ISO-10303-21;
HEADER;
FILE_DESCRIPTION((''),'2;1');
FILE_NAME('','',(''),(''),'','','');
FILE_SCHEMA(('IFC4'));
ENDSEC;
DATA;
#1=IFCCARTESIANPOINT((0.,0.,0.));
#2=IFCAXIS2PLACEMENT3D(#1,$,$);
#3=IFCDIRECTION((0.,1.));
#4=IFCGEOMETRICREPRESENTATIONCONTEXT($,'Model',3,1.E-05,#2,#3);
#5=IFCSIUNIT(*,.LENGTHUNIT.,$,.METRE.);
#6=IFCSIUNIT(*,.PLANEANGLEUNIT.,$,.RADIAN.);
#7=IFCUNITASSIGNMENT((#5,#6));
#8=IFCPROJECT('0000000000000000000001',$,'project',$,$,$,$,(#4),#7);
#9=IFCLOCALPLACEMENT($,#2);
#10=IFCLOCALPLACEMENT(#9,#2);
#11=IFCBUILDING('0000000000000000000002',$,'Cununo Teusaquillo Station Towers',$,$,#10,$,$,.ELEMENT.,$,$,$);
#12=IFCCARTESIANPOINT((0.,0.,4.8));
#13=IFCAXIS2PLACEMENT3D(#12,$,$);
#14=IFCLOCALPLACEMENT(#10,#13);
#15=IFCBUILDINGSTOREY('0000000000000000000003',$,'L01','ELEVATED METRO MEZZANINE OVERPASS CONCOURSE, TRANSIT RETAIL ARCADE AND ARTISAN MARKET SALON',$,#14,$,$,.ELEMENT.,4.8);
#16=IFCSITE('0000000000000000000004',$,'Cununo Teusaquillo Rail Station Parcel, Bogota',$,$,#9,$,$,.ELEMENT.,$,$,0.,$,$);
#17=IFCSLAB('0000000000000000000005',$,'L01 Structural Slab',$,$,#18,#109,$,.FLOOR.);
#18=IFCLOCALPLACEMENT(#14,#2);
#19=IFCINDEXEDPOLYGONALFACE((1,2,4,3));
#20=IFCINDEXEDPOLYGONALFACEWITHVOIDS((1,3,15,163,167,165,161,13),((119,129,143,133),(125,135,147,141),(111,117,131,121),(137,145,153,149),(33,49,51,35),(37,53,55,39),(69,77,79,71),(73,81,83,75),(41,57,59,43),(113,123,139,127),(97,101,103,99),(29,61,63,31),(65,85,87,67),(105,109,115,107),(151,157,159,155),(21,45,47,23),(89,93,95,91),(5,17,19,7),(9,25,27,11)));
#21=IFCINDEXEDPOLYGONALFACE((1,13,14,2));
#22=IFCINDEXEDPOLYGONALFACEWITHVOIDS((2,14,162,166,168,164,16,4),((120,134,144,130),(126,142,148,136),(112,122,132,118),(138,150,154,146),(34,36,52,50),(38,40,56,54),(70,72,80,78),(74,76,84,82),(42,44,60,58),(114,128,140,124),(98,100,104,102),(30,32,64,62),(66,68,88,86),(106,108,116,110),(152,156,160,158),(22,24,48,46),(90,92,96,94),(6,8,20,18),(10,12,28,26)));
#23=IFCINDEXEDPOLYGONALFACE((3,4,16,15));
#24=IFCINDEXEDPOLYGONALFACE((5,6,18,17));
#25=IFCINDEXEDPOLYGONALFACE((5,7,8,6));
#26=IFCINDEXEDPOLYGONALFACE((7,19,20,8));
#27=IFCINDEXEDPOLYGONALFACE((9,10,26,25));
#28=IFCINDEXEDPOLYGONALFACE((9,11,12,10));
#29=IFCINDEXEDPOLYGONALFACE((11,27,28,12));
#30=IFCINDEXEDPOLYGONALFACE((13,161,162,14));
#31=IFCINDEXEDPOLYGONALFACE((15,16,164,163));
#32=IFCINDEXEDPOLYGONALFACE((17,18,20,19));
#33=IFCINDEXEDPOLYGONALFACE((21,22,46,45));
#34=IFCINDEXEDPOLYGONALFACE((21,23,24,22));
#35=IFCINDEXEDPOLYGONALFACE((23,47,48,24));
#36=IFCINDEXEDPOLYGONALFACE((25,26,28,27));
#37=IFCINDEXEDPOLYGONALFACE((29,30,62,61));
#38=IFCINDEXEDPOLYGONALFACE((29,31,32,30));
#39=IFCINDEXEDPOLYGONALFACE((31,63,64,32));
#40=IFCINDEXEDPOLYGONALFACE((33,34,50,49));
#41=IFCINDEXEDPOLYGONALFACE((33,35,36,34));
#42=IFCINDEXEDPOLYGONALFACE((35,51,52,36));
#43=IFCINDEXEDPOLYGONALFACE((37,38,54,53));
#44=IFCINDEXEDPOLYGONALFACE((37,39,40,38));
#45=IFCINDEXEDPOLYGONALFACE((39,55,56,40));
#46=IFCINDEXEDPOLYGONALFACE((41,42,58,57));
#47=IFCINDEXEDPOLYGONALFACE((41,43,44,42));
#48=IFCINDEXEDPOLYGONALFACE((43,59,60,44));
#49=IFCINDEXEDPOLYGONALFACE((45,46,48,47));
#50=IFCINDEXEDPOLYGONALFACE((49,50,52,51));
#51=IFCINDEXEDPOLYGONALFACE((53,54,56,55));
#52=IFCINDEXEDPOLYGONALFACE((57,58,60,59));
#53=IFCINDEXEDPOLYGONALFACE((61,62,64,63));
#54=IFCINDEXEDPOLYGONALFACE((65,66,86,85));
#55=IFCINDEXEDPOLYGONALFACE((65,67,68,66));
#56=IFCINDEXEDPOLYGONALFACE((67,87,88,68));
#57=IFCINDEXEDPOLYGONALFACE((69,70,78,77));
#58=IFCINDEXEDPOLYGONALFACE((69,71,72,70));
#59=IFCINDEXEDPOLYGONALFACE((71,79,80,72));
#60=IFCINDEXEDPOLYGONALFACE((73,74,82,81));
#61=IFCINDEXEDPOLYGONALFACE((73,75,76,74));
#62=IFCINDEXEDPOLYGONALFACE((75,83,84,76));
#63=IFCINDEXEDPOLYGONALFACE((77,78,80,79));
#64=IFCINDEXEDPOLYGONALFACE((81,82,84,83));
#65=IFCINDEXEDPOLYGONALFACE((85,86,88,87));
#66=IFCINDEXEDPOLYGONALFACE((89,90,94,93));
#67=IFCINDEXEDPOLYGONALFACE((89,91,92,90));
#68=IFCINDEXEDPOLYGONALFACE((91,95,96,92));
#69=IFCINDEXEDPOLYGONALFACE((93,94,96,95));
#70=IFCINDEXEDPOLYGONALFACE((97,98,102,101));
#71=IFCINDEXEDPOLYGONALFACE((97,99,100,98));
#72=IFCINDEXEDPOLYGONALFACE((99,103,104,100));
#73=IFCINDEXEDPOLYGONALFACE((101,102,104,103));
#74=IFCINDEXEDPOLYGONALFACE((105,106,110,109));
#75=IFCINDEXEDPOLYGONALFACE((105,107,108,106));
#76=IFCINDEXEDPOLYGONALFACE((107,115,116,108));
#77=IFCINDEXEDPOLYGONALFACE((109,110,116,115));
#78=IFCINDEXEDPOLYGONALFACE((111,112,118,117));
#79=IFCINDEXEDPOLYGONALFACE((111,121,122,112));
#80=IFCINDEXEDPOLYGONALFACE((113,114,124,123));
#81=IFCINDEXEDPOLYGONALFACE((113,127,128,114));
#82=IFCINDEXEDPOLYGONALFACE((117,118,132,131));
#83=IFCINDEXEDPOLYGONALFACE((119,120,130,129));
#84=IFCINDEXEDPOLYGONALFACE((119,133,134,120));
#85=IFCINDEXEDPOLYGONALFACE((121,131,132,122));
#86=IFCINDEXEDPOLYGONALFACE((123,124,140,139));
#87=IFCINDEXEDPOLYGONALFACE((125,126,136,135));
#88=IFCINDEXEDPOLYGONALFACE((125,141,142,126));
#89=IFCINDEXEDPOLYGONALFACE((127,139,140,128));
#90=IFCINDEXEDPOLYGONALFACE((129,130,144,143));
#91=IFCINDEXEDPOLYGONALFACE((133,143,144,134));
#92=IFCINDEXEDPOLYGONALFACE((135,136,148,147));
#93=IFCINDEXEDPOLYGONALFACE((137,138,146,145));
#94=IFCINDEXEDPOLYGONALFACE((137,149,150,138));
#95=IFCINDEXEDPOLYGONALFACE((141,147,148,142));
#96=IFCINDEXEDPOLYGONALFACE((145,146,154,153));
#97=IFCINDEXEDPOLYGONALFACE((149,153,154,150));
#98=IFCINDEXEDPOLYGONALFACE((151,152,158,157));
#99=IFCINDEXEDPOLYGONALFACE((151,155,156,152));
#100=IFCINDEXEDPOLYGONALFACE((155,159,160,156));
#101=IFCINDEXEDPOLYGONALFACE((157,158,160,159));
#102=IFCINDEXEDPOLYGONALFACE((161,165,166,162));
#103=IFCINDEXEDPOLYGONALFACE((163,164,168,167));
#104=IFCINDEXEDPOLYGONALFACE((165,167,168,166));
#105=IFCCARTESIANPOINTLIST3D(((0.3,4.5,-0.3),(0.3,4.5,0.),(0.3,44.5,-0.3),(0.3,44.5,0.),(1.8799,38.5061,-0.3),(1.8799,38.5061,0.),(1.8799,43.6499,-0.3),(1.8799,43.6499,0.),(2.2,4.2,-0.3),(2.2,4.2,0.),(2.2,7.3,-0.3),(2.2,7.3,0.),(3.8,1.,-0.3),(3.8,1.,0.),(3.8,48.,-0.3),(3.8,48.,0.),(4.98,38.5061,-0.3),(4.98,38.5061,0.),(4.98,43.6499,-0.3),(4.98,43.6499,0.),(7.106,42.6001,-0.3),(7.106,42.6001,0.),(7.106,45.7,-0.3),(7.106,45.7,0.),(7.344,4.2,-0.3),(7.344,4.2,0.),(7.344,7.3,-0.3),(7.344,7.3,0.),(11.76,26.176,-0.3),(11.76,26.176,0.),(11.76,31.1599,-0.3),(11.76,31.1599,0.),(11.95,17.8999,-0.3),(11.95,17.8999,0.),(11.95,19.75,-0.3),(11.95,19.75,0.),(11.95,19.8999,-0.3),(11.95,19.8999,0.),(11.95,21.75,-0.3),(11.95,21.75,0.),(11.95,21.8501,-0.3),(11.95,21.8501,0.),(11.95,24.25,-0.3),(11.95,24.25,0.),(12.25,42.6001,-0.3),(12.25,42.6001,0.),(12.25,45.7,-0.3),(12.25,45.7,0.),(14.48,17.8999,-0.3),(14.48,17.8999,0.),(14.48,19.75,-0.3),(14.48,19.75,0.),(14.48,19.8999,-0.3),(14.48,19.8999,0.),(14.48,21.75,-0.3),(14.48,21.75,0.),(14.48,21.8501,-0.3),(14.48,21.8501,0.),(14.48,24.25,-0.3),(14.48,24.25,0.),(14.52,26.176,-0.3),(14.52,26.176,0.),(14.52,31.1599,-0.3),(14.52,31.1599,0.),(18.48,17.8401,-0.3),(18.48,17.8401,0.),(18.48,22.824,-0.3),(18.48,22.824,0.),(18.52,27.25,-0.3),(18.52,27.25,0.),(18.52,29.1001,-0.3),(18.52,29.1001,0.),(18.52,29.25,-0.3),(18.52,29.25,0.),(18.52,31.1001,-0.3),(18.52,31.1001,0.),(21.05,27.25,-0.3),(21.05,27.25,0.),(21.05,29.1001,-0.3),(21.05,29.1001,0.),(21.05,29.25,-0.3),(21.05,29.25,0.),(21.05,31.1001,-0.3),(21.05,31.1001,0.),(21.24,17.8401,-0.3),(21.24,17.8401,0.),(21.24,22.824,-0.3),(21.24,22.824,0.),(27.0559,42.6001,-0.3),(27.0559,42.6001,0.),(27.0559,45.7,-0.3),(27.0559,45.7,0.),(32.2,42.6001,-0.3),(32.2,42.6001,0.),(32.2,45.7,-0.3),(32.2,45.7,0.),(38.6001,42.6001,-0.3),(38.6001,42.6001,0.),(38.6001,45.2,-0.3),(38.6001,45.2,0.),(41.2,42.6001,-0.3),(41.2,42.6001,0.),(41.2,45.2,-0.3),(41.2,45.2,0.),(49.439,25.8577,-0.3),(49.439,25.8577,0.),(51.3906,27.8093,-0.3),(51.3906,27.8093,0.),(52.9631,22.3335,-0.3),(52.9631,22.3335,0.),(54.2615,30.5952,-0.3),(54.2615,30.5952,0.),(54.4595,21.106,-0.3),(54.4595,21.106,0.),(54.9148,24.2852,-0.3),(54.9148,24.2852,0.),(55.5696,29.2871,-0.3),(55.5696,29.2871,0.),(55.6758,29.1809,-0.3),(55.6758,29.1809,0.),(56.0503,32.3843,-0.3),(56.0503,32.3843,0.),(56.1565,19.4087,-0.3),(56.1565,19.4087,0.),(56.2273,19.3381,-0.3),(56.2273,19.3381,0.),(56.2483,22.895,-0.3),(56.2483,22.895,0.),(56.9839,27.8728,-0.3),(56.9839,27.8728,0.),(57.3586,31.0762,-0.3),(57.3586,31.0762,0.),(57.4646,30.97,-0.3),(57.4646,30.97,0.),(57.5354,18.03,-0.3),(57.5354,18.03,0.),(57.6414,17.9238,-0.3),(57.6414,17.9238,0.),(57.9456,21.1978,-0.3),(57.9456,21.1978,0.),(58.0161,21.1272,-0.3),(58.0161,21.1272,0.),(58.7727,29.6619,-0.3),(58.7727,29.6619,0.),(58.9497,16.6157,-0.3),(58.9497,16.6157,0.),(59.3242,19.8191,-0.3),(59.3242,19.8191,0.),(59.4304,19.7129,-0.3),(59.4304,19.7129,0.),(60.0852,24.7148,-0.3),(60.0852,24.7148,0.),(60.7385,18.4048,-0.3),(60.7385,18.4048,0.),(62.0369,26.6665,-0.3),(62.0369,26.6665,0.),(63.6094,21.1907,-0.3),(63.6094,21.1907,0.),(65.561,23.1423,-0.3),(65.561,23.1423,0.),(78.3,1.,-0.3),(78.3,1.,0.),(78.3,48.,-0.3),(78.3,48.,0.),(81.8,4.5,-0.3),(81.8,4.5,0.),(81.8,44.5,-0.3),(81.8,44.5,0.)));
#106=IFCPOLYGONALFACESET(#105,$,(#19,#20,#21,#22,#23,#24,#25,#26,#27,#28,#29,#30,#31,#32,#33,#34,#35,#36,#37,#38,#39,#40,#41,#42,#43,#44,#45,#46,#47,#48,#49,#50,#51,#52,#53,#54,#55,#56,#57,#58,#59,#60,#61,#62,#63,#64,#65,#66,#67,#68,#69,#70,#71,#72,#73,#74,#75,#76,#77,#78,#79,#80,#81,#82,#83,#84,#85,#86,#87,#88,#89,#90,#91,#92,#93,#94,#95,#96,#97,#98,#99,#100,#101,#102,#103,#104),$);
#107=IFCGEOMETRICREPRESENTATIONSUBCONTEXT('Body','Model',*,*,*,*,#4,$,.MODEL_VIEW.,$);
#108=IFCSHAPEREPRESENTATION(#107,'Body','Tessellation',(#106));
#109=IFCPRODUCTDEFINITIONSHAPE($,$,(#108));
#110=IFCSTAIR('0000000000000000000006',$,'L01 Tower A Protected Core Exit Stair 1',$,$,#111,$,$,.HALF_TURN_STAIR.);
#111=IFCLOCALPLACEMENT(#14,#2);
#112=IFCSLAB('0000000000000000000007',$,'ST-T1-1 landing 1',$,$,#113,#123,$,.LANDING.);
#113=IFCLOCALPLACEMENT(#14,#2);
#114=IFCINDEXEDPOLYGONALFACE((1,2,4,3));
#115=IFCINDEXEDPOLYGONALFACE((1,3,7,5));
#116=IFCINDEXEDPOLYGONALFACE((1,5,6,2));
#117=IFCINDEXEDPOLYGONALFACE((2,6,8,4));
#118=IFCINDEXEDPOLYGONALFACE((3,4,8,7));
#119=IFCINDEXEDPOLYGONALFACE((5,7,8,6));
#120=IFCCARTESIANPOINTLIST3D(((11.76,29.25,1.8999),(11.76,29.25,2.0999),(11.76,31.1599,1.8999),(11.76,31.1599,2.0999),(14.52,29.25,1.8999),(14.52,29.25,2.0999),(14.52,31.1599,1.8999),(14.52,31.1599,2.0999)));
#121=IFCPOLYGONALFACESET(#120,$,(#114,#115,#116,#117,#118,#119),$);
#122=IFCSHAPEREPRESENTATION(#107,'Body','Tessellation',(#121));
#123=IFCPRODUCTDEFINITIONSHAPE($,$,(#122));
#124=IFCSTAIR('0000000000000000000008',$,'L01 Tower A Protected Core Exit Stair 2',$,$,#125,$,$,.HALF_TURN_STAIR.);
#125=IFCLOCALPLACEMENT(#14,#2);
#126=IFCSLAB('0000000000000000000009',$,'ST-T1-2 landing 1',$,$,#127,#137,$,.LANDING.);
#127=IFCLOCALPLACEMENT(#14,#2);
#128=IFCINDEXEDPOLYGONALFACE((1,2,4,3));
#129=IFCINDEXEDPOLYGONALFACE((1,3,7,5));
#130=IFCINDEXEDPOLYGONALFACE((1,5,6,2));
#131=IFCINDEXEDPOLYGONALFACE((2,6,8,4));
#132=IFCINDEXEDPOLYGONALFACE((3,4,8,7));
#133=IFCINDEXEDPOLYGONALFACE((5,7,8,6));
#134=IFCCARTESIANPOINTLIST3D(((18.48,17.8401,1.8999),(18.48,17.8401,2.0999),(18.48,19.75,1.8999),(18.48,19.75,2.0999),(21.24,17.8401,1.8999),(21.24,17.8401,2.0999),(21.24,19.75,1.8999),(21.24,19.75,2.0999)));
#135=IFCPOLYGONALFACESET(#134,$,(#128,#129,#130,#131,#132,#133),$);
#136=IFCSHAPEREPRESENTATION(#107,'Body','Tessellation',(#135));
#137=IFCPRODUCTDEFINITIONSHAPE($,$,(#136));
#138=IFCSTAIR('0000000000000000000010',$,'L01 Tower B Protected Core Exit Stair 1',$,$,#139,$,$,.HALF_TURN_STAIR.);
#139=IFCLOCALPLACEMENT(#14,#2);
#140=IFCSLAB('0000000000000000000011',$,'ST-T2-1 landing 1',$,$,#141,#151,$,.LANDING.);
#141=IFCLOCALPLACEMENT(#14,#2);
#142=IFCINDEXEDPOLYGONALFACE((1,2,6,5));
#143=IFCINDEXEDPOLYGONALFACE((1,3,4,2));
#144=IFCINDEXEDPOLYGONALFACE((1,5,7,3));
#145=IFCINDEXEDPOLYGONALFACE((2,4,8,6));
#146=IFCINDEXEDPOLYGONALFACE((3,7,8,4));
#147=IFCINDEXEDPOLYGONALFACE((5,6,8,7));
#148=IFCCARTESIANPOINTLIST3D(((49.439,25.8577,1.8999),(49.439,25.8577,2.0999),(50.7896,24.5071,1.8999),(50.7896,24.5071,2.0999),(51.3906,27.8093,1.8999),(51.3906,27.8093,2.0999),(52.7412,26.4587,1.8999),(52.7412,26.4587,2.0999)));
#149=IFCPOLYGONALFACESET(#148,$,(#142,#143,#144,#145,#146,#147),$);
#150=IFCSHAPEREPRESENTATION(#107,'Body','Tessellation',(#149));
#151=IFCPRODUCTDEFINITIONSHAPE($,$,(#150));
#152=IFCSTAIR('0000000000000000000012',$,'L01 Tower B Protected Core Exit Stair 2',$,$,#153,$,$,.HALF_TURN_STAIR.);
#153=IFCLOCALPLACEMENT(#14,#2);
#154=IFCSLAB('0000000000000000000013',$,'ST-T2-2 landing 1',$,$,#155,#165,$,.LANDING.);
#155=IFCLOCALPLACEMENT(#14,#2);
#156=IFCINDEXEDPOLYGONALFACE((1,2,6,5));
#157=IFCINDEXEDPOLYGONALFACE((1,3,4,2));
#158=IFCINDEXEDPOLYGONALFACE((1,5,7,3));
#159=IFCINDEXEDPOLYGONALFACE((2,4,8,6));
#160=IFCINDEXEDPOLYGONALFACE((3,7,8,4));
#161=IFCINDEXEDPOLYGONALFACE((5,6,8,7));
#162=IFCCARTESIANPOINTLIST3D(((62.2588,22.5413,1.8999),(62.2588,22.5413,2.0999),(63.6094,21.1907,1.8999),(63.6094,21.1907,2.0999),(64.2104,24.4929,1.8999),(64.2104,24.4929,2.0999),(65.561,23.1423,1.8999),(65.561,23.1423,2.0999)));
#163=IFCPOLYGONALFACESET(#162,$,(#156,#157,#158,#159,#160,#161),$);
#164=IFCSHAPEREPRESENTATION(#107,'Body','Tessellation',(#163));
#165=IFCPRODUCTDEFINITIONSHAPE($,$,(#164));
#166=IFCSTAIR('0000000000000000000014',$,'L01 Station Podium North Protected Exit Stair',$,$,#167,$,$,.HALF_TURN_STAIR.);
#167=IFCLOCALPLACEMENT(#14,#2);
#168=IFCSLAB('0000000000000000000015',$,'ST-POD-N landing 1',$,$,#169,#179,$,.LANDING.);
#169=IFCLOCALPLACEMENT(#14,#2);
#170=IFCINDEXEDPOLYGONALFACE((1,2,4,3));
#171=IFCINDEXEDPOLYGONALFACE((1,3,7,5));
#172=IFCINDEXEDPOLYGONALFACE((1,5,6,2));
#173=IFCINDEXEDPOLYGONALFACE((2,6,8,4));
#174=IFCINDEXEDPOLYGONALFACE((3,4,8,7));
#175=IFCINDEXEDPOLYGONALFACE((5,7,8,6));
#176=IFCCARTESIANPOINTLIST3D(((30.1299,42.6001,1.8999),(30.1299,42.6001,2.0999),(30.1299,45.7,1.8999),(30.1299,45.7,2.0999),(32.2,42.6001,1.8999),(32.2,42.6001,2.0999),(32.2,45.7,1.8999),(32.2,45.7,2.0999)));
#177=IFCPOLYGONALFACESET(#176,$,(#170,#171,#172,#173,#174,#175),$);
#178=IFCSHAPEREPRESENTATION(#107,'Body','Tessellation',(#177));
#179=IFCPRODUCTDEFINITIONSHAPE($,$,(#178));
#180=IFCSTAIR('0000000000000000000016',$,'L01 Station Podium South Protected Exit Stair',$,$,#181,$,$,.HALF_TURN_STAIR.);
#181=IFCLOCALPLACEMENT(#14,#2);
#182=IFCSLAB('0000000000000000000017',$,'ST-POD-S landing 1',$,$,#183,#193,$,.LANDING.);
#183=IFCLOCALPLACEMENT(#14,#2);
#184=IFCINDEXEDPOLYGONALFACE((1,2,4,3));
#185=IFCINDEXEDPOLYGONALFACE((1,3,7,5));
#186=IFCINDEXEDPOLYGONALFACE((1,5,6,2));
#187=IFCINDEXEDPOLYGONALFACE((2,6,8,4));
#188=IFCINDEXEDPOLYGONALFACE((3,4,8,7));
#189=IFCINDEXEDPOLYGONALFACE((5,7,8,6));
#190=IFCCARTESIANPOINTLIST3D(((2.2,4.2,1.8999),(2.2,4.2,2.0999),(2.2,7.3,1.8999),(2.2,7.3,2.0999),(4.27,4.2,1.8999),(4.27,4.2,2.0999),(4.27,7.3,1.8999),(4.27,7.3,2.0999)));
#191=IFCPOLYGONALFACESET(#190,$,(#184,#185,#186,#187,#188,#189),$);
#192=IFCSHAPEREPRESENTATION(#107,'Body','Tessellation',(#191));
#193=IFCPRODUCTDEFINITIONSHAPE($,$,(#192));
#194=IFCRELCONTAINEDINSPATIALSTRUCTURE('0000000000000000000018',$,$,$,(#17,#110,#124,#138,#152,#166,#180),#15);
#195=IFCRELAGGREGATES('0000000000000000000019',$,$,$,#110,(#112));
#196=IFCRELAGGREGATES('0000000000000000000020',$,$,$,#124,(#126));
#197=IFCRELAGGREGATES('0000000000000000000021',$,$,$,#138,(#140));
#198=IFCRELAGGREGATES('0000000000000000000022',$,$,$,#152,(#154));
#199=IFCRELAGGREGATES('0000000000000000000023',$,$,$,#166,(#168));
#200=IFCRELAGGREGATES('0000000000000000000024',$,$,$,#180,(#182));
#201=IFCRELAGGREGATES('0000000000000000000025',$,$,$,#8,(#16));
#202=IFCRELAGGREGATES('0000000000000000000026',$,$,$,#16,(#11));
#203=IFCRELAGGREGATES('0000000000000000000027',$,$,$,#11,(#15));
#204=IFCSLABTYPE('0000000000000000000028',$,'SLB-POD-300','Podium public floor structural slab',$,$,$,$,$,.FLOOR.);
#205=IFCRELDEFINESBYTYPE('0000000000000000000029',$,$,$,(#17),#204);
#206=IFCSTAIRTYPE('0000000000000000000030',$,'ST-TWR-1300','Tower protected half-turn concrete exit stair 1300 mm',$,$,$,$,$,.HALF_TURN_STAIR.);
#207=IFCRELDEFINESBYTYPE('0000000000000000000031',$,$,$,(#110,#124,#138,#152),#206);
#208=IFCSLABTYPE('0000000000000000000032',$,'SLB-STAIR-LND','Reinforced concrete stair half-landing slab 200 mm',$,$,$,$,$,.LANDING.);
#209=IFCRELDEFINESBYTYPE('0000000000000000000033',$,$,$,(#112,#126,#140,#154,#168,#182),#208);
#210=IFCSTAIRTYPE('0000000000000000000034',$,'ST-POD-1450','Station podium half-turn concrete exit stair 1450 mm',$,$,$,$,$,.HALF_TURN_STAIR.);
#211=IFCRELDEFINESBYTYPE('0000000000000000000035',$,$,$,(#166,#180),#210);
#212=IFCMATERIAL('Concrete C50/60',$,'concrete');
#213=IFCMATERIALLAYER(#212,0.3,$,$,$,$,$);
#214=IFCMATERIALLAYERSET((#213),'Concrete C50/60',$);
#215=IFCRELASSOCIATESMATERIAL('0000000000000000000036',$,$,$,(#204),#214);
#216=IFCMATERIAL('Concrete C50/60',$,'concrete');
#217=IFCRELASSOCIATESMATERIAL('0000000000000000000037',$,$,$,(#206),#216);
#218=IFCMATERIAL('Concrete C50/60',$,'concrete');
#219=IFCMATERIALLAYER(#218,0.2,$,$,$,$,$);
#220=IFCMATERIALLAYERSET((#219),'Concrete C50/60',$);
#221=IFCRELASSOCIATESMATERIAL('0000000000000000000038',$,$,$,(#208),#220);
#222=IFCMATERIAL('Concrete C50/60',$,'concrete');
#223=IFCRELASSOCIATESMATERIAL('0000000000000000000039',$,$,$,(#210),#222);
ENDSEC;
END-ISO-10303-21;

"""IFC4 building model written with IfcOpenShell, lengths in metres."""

from ifc_helpers import new_model, si_unit, direction, frame, origin, place, context, subcontext, project, spatial, polyline, outline, extrude, material, layer, layer_set, type_object, element, aggregate, save


model = new_model("IFC4")

# Units and contexts
model_context = context("Model", 3, precision=1e-05, world=origin(), true_north=direction((0.0, 1.0)))
body_context = subcontext(model_context, "Body", "Model", "MODEL_VIEW")
ifc_project = project(units=[si_unit("LENGTHUNIT", "METRE"), si_unit("PLANEANGLEUNIT", "RADIAN")], contexts=[model_context])

# Site, building, storey
site_placement = place(None, origin())
site = spatial("IfcSite", under=ifc_project, at=site_placement, Name="Cununo Teusaquillo Rail Station Parcel, Bogota", CompositionType="ELEMENT", RefElevation=0.0)
building_placement = place(site_placement, origin())
building = spatial("IfcBuilding", under=site, at=building_placement, Name="Cununo Teusaquillo Station Towers", CompositionType="ELEMENT")
storey_placement = place(building_placement, frame((0.0, 0.0, 4.8)))
storey = spatial("IfcBuildingStorey", under=building, at=storey_placement, Name="L01", Description="ELEVATED METRO MEZZANINE OVERPASS CONCOURSE, TRANSIT RETAIL ARCADE AND ARTISAN MARKET SALON", CompositionType="ELEMENT", Elevation=4.8)

# Slab
ifc_material_1 = material(Name="Concrete C50/60", Category="concrete")
ifc_layer_1 = layer(ifc_material_1, 0.3)
ifc_layer_set_1 = layer_set([ifc_layer_1], Name="Concrete C50/60")
slab_type_1 = type_object("IfcSlabType", Name="SLB-POD-300", Description="Podium public floor structural slab", PredefinedType="FLOOR", material=ifc_layer_set_1)
slab_1_placement = place(storey_placement, frame((0.0, 0.0, -0.3)))
element("IfcSlab", 1, at=slab_1_placement, inside=storey, type_object=slab_type_1, Name="L01 Structural Slab", PredefinedType="FLOOR", context=body_context, shape_type="SweptSolid", body=[
    extrude(outline(polyline([(3.8, 1.0), (78.3, 1.0), (81.8, 4.5), (81.8, 44.5), (78.3, 48.0), (3.8, 48.0), (0.3, 44.5), (0.3, 4.5), (3.8, 1.0)]), holes=[polyline([(14.52, 26.176), (14.52, 31.1599), (11.76, 31.1599), (11.76, 26.176), (14.52, 26.176)]), polyline([(18.48, 22.824), (18.48, 17.8401), (21.24, 17.8401), (21.24, 22.824), (18.48, 22.824)]), polyline([(54.9148, 24.2852), (51.3906, 27.8093), (49.439, 25.8577), (52.9631, 22.3335), (54.9148, 24.2852)]), polyline([(60.0852, 24.7148), (63.6094, 21.1907), (65.561, 23.1423), (62.0369, 26.6665), (60.0852, 24.7148)]), polyline([(27.0559, 42.6001), (32.2, 42.6001), (32.2, 45.7), (27.0559, 45.7), (27.0559, 42.6001)]), polyline([(7.344, 7.3), (2.2, 7.3), (2.2, 4.2), (7.344, 4.2), (7.344, 7.3)]), polyline([(4.98, 38.5061), (4.98, 43.6499), (1.8799, 43.6499), (1.8799, 38.5061), (4.98, 38.5061)]), polyline([(7.106, 42.6001), (12.25, 42.6001), (12.25, 45.7), (7.106, 45.7), (7.106, 42.6001)]), polyline([(11.95, 21.8501), (14.48, 21.8501), (14.48, 24.25), (11.95, 24.25), (11.95, 21.8501)]), polyline([(11.95, 17.8999), (14.48, 17.8999), (14.48, 19.75), (11.95, 19.75), (11.95, 17.8999)]), polyline([(11.95, 19.8999), (14.48, 19.8999), (14.48, 21.75), (11.95, 21.75), (11.95, 19.8999)]), polyline([(18.52, 27.25), (21.05, 27.25), (21.05, 29.1001), (18.52, 29.1001), (18.52, 27.25)]), polyline([(18.52, 29.25), (21.05, 29.25), (21.05, 31.1001), (18.52, 31.1001), (18.52, 29.25)]), polyline([(56.1565, 19.4087), (57.9456, 21.1978), (56.2483, 22.895), (54.4595, 21.106), (56.1565, 19.4087)]), polyline([(58.9497, 16.6157), (60.7385, 18.4048), (59.4304, 19.7129), (57.6414, 17.9238), (58.9497, 16.6157)]), polyline([(57.5354, 18.03), (59.3242, 19.8191), (58.0161, 21.1272), (56.2273, 19.3381), (57.5354, 18.03)]), polyline([(56.9839, 27.8728), (58.7727, 29.6619), (57.4646, 30.97), (55.6758, 29.1809), (56.9839, 27.8728)]), polyline([(55.5696, 29.2871), (57.3586, 31.0762), (56.0503, 32.3843), (54.2615, 30.5952), (55.5696, 29.2871)]), polyline([(38.6001, 42.6001), (41.2, 42.6001), (41.2, 45.2), (38.6001, 45.2), (38.6001, 42.6001)])]), origin(), (0.0, 0.0, 1.0), 0.3),
])

# Stairs, slabs
ifc_material_2 = material(Name="Concrete C50/60", Category="concrete")
stair_type_1 = type_object("IfcStairType", Name="ST-TWR-1300", Description="Tower protected half-turn concrete exit stair 1300 mm", PredefinedType="HALF_TURN_STAIR", material=ifc_material_2)
stair_1_placement = place(storey_placement, origin())
stair_1 = element("IfcStair", 2, at=stair_1_placement, inside=storey, type_object=stair_type_1, Name="L01 Tower A Protected Core Exit Stair 1", PredefinedType="HALF_TURN_STAIR")
ifc_material_3 = material(Name="Concrete C50/60", Category="concrete")
ifc_layer_2 = layer(ifc_material_3, 0.2)
ifc_layer_set_2 = layer_set([ifc_layer_2], Name="Concrete C50/60")
slab_type_2 = type_object("IfcSlabType", Name="SLB-STAIR-LND", Description="Reinforced concrete stair half-landing slab 200 mm", PredefinedType="LANDING", material=ifc_layer_set_2)
slab_2_placement = place(storey_placement, frame((0.0, 0.0, 1.8999)))
slab_2 = element("IfcSlab", 3, at=slab_2_placement, type_object=slab_type_2, Name="ST-T1-1 landing 1", PredefinedType="LANDING", context=body_context, shape_type="SweptSolid", body=[
    extrude(outline(polyline([(14.52, 29.25), (14.52, 31.1599), (11.76, 31.1599), (11.76, 29.25), (14.52, 29.25)])), origin(), (0.0, 0.0, 1.0), 0.2),
])
aggregate(stair_1, [slab_2])
stair_2_placement = place(storey_placement, origin())
stair_2 = element("IfcStair", 4, at=stair_2_placement, inside=storey, type_object=stair_type_1, Name="L01 Tower A Protected Core Exit Stair 2", PredefinedType="HALF_TURN_STAIR")
slab_3_placement = place(storey_placement, frame((0.0, 0.0, 1.8999)))
slab_3 = element("IfcSlab", 5, at=slab_3_placement, type_object=slab_type_2, Name="ST-T1-2 landing 1", PredefinedType="LANDING", context=body_context, shape_type="SweptSolid", body=[
    extrude(outline(polyline([(18.48, 19.75), (18.48, 17.8401), (21.24, 17.8401), (21.24, 19.75), (18.48, 19.75)])), origin(), (0.0, 0.0, 1.0), 0.2),
])
aggregate(stair_2, [slab_3])
stair_3_placement = place(storey_placement, origin())
stair_3 = element("IfcStair", 6, at=stair_3_placement, inside=storey, type_object=stair_type_1, Name="L01 Tower B Protected Core Exit Stair 1", PredefinedType="HALF_TURN_STAIR")
slab_4_placement = place(storey_placement, frame((0.0, 0.0, 1.8999)))
slab_4 = element("IfcSlab", 7, at=slab_4_placement, type_object=slab_type_2, Name="ST-T2-1 landing 1", PredefinedType="LANDING", context=body_context, shape_type="SweptSolid", body=[
    extrude(outline(polyline([(52.7412, 26.4587), (51.3906, 27.8093), (49.439, 25.8577), (50.7896, 24.5071), (52.7412, 26.4587)])), origin(), (0.0, 0.0, 1.0), 0.2),
])
aggregate(stair_3, [slab_4])
stair_4_placement = place(storey_placement, origin())
stair_4 = element("IfcStair", 8, at=stair_4_placement, inside=storey, type_object=stair_type_1, Name="L01 Tower B Protected Core Exit Stair 2", PredefinedType="HALF_TURN_STAIR")
slab_5_placement = place(storey_placement, frame((0.0, 0.0, 1.8999)))
slab_5 = element("IfcSlab", 9, at=slab_5_placement, type_object=slab_type_2, Name="ST-T2-2 landing 1", PredefinedType="LANDING", context=body_context, shape_type="SweptSolid", body=[
    extrude(outline(polyline([(62.2588, 22.5413), (63.6094, 21.1907), (65.561, 23.1423), (64.2104, 24.4929), (62.2588, 22.5413)])), origin(), (0.0, 0.0, 1.0), 0.2),
])
aggregate(stair_4, [slab_5])
ifc_material_4 = material(Name="Concrete C50/60", Category="concrete")
stair_type_2 = type_object("IfcStairType", Name="ST-POD-1450", Description="Station podium half-turn concrete exit stair 1450 mm", PredefinedType="HALF_TURN_STAIR", material=ifc_material_4)
stair_5_placement = place(storey_placement, origin())
stair_5 = element("IfcStair", 10, at=stair_5_placement, inside=storey, type_object=stair_type_2, Name="L01 Station Podium North Protected Exit Stair", PredefinedType="HALF_TURN_STAIR")
slab_6_placement = place(storey_placement, frame((0.0, 0.0, 1.8999)))
slab_6 = element("IfcSlab", 11, at=slab_6_placement, type_object=slab_type_2, Name="ST-POD-N landing 1", PredefinedType="LANDING", context=body_context, shape_type="SweptSolid", body=[
    extrude(outline(polyline([(30.1299, 42.6001), (32.2, 42.6001), (32.2, 45.7), (30.1299, 45.7), (30.1299, 42.6001)])), origin(), (0.0, 0.0, 1.0), 0.2),
])
aggregate(stair_5, [slab_6])
stair_6_placement = place(storey_placement, origin())
stair_6 = element("IfcStair", 12, at=stair_6_placement, inside=storey, type_object=stair_type_2, Name="L01 Station Podium South Protected Exit Stair", PredefinedType="HALF_TURN_STAIR")
slab_7_placement = place(storey_placement, frame((0.0, 0.0, 1.8999)))
slab_7 = element("IfcSlab", 13, at=slab_7_placement, type_object=slab_type_2, Name="ST-POD-S landing 1", PredefinedType="LANDING", context=body_context, shape_type="SweptSolid", body=[
    extrude(outline(polyline([(4.27, 7.3), (2.2, 7.3), (2.2, 4.2), (4.27, 4.2), (4.27, 7.3)])), origin(), (0.0, 0.0, 1.0), 0.2),
])
aggregate(stair_6, [slab_7])

save(model, "model.ifc")
